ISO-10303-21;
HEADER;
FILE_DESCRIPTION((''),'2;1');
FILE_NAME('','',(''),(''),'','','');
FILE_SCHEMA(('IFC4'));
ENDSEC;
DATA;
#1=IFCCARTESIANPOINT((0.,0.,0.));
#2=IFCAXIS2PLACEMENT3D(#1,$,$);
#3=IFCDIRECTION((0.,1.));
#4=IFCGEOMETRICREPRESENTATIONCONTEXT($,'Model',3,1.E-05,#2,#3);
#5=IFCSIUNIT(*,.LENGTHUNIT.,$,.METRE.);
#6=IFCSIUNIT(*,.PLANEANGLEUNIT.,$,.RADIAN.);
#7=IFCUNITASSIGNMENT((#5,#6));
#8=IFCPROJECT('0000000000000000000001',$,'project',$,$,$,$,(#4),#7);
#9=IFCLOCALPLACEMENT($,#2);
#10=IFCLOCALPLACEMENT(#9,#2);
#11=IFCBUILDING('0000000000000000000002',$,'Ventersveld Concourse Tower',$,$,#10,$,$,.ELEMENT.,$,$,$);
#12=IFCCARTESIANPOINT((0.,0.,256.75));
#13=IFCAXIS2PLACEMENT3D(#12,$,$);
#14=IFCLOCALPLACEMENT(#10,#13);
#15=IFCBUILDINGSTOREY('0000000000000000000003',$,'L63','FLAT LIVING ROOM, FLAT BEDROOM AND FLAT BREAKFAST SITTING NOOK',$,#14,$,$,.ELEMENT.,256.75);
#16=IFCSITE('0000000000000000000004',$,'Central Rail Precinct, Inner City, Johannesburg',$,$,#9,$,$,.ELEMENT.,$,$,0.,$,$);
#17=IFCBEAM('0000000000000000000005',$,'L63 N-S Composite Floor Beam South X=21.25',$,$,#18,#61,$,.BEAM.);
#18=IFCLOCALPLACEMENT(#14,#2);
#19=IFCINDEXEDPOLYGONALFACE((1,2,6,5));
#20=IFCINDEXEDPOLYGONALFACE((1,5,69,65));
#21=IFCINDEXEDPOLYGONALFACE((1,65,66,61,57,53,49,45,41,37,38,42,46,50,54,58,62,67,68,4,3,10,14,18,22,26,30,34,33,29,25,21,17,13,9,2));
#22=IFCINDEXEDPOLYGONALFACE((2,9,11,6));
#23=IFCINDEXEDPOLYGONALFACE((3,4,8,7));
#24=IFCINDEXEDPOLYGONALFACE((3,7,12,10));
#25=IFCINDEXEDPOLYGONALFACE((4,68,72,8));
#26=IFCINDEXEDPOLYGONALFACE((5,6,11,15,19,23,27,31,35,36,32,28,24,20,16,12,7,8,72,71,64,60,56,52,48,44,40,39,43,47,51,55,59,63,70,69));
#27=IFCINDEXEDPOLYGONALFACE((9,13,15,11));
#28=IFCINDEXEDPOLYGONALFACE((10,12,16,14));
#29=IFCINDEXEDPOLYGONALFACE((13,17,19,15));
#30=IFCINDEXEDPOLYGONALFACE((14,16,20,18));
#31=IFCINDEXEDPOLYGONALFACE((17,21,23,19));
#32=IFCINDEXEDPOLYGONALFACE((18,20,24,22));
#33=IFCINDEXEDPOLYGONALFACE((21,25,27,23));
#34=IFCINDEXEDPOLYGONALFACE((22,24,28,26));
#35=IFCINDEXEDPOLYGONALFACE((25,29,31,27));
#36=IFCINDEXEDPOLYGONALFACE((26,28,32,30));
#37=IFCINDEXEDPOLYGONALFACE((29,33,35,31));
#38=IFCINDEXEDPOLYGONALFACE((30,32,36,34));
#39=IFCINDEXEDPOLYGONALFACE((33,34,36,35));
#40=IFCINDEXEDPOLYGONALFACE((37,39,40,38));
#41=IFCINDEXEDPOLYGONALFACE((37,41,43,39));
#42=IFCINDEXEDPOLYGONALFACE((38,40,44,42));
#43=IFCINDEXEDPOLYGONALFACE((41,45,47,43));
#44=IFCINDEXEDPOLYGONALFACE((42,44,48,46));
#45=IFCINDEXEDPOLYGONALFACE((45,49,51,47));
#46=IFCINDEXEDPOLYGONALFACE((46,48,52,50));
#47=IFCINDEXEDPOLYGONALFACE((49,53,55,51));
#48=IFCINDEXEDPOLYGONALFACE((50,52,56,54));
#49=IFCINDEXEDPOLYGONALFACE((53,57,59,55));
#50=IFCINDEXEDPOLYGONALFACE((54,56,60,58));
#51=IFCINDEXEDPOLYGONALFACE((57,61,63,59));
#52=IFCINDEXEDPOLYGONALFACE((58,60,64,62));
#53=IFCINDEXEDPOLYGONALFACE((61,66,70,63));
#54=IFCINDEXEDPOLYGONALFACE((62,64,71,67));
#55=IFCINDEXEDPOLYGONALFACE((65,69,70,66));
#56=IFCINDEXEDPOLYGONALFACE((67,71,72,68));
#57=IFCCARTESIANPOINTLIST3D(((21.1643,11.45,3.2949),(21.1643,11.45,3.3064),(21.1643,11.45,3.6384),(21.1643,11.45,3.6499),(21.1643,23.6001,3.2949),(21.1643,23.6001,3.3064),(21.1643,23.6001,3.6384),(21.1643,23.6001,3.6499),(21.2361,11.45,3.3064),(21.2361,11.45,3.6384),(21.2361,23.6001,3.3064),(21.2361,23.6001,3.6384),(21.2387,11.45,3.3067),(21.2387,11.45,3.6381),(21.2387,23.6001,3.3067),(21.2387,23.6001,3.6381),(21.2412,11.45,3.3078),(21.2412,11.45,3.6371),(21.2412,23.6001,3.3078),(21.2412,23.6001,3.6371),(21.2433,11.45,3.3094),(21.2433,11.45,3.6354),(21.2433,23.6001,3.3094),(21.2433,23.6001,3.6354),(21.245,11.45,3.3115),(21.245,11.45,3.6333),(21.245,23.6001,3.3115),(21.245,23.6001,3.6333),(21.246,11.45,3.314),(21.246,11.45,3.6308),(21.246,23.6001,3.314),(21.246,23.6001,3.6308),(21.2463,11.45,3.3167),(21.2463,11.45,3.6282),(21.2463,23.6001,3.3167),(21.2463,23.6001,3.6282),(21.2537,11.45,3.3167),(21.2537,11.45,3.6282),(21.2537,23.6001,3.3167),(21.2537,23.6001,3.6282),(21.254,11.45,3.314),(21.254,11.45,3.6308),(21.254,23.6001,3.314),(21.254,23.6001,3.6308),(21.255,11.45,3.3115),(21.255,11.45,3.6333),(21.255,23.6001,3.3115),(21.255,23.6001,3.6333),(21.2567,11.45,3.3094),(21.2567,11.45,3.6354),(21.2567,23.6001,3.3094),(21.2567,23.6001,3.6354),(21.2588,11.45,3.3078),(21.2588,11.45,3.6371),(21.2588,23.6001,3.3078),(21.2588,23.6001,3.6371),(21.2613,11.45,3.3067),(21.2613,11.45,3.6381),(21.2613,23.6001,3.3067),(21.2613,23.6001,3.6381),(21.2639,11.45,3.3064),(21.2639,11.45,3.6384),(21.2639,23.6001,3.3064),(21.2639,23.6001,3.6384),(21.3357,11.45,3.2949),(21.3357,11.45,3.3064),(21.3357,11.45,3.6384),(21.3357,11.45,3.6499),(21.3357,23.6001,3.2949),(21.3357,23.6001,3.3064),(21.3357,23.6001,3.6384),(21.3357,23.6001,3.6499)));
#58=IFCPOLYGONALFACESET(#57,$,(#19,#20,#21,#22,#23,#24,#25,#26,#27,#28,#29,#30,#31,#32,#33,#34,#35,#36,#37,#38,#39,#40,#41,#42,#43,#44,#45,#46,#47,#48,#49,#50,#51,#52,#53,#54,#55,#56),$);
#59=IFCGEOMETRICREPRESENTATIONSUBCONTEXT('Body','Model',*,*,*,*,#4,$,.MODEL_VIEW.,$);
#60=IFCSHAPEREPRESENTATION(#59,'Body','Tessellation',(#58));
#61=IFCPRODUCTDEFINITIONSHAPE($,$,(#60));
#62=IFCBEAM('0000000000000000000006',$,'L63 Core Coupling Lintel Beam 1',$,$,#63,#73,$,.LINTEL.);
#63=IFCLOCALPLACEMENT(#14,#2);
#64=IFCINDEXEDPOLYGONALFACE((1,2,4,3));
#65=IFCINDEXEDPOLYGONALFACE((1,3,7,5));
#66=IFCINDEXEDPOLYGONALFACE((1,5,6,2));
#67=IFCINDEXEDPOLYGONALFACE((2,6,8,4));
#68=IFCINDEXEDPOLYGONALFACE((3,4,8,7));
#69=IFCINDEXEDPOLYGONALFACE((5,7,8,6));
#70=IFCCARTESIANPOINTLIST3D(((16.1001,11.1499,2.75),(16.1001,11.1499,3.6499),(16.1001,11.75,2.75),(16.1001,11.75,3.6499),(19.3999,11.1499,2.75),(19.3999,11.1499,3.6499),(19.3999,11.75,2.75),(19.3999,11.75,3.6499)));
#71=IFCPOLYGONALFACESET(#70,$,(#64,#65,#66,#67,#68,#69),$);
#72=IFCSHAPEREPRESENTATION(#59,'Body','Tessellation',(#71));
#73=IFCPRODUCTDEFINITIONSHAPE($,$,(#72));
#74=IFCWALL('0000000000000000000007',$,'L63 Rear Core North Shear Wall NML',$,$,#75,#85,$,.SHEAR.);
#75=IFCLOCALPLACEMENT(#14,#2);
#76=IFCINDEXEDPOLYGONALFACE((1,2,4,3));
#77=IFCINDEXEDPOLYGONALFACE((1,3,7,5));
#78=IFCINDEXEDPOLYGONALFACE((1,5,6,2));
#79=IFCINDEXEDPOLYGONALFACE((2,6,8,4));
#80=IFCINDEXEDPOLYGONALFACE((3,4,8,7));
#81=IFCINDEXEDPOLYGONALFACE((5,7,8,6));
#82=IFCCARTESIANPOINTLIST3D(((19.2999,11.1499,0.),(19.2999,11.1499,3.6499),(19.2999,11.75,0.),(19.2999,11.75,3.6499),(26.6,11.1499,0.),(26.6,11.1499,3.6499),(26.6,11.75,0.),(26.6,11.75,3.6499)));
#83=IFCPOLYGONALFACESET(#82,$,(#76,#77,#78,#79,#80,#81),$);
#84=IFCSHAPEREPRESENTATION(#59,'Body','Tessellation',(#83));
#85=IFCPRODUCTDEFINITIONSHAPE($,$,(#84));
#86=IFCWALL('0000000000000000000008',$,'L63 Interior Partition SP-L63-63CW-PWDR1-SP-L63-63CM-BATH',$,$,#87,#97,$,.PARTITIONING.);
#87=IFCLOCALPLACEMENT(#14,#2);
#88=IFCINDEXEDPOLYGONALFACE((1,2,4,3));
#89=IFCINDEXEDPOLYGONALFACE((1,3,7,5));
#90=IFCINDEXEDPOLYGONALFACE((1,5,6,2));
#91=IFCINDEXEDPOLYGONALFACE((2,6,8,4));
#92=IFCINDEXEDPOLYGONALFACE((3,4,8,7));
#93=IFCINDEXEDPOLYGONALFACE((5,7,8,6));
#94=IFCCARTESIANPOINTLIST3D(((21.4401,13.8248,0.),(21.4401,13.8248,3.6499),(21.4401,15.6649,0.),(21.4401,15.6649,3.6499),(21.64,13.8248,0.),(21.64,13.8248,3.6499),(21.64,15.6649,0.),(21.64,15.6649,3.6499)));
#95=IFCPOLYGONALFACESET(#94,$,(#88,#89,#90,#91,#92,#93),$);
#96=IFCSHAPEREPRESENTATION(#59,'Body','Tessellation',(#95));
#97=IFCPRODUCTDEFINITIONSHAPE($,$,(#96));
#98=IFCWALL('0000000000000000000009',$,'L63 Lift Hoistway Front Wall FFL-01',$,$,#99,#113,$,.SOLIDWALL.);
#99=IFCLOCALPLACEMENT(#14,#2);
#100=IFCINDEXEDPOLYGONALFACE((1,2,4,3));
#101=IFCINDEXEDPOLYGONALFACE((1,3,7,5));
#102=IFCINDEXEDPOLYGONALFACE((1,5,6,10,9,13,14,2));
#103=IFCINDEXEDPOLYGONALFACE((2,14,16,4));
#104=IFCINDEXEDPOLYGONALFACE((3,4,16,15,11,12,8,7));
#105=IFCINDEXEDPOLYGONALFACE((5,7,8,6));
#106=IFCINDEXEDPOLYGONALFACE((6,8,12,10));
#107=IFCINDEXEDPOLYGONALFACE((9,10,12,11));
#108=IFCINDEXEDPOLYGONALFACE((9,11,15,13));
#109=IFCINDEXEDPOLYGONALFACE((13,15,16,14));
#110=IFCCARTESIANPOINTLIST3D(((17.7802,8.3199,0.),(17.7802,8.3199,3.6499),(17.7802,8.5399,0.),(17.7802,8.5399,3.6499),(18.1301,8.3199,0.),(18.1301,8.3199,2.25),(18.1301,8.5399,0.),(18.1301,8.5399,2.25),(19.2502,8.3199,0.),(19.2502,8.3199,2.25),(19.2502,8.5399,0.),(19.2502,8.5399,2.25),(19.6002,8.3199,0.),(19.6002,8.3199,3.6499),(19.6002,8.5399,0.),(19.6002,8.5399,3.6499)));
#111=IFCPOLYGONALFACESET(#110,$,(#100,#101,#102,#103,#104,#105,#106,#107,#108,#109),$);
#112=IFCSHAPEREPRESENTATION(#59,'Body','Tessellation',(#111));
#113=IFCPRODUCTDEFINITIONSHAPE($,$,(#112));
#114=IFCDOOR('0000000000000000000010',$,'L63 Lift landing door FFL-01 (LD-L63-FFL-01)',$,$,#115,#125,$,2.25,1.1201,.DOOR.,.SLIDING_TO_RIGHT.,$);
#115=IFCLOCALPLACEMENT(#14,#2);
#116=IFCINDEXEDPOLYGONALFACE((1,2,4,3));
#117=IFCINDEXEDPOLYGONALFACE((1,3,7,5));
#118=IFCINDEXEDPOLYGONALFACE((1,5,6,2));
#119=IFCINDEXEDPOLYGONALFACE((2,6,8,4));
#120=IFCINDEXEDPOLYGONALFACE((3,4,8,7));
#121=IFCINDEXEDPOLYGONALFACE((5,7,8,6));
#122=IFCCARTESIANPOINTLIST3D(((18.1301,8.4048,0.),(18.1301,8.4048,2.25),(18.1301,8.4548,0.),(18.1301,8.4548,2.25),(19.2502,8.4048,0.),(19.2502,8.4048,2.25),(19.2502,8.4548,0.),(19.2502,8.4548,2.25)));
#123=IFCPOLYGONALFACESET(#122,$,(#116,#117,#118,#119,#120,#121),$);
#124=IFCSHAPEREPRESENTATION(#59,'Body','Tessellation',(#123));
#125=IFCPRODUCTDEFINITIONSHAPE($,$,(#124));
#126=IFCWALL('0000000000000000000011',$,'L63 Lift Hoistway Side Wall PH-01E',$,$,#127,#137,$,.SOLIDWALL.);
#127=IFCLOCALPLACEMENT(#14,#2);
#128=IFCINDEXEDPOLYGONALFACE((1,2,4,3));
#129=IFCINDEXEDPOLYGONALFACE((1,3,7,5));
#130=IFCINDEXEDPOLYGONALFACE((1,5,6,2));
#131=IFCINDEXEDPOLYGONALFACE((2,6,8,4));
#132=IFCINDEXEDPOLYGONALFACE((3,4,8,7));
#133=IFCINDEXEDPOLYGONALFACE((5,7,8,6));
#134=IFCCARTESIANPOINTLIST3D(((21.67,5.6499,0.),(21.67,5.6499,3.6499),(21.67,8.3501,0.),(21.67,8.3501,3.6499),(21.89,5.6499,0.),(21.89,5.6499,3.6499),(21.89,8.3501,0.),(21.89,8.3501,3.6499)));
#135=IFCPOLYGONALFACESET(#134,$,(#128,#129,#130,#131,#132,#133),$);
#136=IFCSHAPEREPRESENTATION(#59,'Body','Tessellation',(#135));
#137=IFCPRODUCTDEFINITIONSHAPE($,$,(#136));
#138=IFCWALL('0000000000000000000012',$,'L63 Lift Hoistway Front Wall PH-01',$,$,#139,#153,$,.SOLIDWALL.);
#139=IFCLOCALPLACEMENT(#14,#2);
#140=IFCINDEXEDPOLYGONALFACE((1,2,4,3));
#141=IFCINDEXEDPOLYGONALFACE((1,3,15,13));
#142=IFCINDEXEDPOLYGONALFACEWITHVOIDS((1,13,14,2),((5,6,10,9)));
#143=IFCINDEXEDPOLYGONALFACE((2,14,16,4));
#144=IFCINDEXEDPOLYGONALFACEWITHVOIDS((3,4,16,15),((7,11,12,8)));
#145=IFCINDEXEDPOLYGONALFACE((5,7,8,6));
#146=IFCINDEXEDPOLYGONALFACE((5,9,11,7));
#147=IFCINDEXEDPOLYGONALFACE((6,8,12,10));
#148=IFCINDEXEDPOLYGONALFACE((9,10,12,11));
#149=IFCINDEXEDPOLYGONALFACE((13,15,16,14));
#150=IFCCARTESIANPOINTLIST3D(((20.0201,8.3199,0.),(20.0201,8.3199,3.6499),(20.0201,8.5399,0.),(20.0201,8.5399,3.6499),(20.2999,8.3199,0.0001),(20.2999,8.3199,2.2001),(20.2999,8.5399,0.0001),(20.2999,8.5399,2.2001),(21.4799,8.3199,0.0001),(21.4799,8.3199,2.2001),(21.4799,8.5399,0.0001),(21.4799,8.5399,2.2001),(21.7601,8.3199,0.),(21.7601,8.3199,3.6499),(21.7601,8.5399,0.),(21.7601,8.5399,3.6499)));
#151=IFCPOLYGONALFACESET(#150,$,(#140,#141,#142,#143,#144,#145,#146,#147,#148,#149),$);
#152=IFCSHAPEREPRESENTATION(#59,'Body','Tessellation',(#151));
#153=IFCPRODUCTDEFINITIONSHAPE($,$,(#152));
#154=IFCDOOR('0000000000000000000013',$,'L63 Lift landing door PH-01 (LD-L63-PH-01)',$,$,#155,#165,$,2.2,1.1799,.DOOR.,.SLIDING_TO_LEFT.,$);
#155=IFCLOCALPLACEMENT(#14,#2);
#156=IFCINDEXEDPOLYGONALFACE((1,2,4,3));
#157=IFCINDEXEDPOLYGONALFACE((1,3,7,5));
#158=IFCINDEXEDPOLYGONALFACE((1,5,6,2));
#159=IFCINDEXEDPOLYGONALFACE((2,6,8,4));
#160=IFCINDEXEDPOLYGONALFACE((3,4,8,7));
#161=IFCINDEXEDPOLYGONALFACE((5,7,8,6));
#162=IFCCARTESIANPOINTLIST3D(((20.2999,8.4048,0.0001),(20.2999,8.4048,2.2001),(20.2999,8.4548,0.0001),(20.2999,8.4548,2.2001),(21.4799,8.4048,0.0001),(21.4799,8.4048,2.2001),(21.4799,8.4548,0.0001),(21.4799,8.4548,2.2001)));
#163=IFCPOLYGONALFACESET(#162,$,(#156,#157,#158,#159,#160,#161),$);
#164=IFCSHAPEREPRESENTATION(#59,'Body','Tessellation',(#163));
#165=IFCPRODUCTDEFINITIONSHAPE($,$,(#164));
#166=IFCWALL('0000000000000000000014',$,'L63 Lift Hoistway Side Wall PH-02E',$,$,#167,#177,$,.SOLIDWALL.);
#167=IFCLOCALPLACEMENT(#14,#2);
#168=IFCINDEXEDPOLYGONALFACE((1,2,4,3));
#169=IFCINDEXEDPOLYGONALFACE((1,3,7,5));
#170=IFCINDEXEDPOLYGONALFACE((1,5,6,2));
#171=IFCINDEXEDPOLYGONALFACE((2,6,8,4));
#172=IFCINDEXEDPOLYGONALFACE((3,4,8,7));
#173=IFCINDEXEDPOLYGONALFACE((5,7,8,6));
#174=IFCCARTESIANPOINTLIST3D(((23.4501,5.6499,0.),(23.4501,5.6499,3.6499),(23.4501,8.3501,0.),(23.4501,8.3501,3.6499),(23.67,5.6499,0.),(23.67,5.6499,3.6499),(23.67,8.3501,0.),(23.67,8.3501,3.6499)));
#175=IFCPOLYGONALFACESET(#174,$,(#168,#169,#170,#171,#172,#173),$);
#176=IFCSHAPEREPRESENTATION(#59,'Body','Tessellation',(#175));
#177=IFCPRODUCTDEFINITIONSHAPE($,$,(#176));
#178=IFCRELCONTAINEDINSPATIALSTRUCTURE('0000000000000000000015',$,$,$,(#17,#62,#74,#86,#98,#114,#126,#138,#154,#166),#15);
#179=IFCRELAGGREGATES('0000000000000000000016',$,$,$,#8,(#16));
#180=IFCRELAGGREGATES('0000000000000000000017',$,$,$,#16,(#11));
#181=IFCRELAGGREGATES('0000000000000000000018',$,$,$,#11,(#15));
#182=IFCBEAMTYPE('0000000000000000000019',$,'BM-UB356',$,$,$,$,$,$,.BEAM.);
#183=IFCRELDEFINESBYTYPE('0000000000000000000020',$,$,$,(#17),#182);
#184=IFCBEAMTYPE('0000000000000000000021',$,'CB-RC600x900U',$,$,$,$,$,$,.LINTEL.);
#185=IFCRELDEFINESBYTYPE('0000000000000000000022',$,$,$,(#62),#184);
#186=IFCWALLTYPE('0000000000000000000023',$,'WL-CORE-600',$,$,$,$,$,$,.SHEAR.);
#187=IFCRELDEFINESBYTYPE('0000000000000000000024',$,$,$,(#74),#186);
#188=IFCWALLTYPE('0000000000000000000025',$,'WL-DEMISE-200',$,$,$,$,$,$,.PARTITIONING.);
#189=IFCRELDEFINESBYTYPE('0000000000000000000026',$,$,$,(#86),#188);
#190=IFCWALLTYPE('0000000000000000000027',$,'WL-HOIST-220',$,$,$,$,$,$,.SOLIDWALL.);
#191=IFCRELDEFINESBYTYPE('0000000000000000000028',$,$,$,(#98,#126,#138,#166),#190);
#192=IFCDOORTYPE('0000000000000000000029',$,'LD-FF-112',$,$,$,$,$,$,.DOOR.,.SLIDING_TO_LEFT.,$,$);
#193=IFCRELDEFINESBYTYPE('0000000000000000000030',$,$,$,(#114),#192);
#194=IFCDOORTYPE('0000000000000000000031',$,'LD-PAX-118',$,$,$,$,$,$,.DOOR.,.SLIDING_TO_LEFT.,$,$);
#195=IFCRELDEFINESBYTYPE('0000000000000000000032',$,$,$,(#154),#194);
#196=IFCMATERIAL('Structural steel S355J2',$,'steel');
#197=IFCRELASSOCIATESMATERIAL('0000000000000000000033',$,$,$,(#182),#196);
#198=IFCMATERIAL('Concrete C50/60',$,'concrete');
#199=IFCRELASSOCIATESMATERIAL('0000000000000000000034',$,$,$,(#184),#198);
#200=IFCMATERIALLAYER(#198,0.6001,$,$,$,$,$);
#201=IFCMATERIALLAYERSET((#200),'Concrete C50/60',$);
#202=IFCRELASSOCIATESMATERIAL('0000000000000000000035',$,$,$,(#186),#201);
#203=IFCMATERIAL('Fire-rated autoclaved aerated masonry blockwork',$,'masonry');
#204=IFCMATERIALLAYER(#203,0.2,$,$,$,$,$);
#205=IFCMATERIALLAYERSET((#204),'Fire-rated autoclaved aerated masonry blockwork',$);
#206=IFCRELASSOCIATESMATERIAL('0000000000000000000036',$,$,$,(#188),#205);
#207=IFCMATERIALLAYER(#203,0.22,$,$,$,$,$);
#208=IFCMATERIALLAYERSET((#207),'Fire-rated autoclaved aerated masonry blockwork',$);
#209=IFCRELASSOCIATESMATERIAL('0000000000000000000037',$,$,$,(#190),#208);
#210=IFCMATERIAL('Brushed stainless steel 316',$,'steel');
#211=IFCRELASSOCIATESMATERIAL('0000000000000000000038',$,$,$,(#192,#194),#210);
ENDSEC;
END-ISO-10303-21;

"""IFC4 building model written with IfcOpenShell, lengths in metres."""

from ifc_helpers import new_model, si_unit, direction, frame, frame_2d, origin, origin_2d, place, context, subcontext, project, spatial, rectangle, i_section, extrude, material, layer, layer_set, material_profile, profile_set, type_object, element, fill, save


model = new_model("IFC4")

# Units and contexts
model_context = context("Model", 3, precision=1e-05, world=origin(), true_north=direction((0.0, 1.0)))
body_context = subcontext(model_context, "Body", "Model", "MODEL_VIEW")
ifc_project = project(units=[si_unit("LENGTHUNIT", "METRE"), si_unit("PLANEANGLEUNIT", "RADIAN")], contexts=[model_context])

# Site, building, storey
site_placement = place(None, origin())
site = spatial("IfcSite", under=ifc_project, at=site_placement, Name="Central Rail Precinct, Inner City, Johannesburg", CompositionType="ELEMENT", RefElevation=0.0)
building_placement = place(site_placement, origin())
building = spatial("IfcBuilding", under=site, at=building_placement, Name="Ventersveld Concourse Tower", CompositionType="ELEMENT")
storey_placement = place(building_placement, frame((0.0, 0.0, 256.75)))
storey = spatial("IfcBuildingStorey", under=building, at=storey_placement, Name="L63", Description="FLAT LIVING ROOM, FLAT BEDROOM AND FLAT BREAKFAST SITTING NOOK", CompositionType="ELEMENT", Elevation=256.75)

# Beams
ifc_material_1 = material(Name="Structural steel S355J2", Category="steel")
ifc_material_profile_1 = material_profile(ifc_material_1, i_section(OverallWidth=0.1714, OverallDepth=0.355, WebThickness=0.0073, FlangeThickness=0.0115, FilletRadius=0.0103, at=origin_2d()), Name="UB 356x171x51")
ifc_profile_set_1 = profile_set([ifc_material_profile_1], Name="Structural steel S355J2")
beam_type_1 = type_object("IfcBeamType", Name="BM-UB356", PredefinedType="BEAM", material=ifc_profile_set_1)
beam_1_placement = place(storey_placement, frame((21.25, 11.45, 3.4724), z_axis=(0.0, 1.0, 0.0), x_axis=(-1.0, 0.0, 0.0)))
element("IfcBeam", 1, at=beam_1_placement, inside=storey, type_object=beam_type_1, Name="L63 N-S Composite Floor Beam South X=21.25", PredefinedType="BEAM", context=body_context, shape_type="SweptSolid", body=[
    extrude(i_section(OverallWidth=0.1714, OverallDepth=0.355, WebThickness=0.0073, FlangeThickness=0.0115, FilletRadius=0.0103, at=origin_2d()), origin(), (0.0, 0.0, 1.0), 12.1501),
])
ifc_material_2 = material(Name="Concrete C50/60", Category="concrete")
ifc_material_profile_2 = material_profile(ifc_material_2, rectangle(XDim=0.6001, YDim=0.8999, at=origin_2d()), Name="RC 600x900")
ifc_profile_set_2 = profile_set([ifc_material_profile_2], Name="Concrete C50/60")
beam_type_2 = type_object("IfcBeamType", Name="CB-RC600x900U", PredefinedType="LINTEL", material=ifc_profile_set_2)
beam_2_placement = place(storey_placement, frame((16.1001, 11.45, 3.2), z_axis=(1.0, 0.0, 0.0), x_axis=(0.0, 1.0, 0.0)))
element("IfcBeam", 2, at=beam_2_placement, inside=storey, type_object=beam_type_2, Name="L63 Core Coupling Lintel Beam 1", PredefinedType="LINTEL", context=body_context, shape_type="SweptSolid", body=[
    extrude(rectangle(XDim=0.6001, YDim=0.8999, at=origin_2d()), origin(), (0.0, 0.0, 1.0), 3.2998),
])

# Walls
ifc_layer_1 = layer(ifc_material_2, 0.6001)
ifc_layer_set_1 = layer_set([ifc_layer_1], Name="Concrete C50/60")
wall_type_1 = type_object("IfcWallType", Name="WL-CORE-600", PredefinedType="SHEAR", material=ifc_layer_set_1)
wall_1_placement = place(storey_placement, frame((19.3, 11.45, 0.0), z_axis=(0.0, 0.0, 1.0), x_axis=(1.0, 0.0, 0.0)))
element("IfcWall", 3, at=wall_1_placement, inside=storey, type_object=wall_type_1, Name="L63 Rear Core North Shear Wall NML", PredefinedType="SHEAR", context=body_context, shape_type="SweptSolid", body=[
    extrude(rectangle(XDim=7.3, YDim=0.6001, at=frame_2d((3.6499, 0.0))), origin(), (0.0, 0.0, 1.0), 3.6499),
])
ifc_material_3 = material(Name="Fire-rated autoclaved aerated masonry blockwork", Category="masonry")
ifc_layer_2 = layer(ifc_material_3, 0.2)
ifc_layer_set_2 = layer_set([ifc_layer_2], Name="Fire-rated autoclaved aerated masonry blockwork")
wall_type_2 = type_object("IfcWallType", Name="WL-DEMISE-200", PredefinedType="PARTITIONING", material=ifc_layer_set_2)
wall_2_placement = place(storey_placement, frame((21.54, 13.825, 0.0), z_axis=(0.0, 0.0, 1.0), x_axis=(0.0, 1.0, 0.0)))
element("IfcWall", 4, at=wall_2_placement, inside=storey, type_object=wall_type_2, Name="L63 Interior Partition SP-L63-63CW-PWDR1-SP-L63-63CM-BATH", PredefinedType="PARTITIONING", context=body_context, shape_type="SweptSolid", body=[
    extrude(rectangle(XDim=1.8401, YDim=0.2, at=frame_2d((0.9199, 0.0))), origin(), (0.0, 0.0, 1.0), 3.6499),
])

# Wall, opening, door
ifc_layer_3 = layer(ifc_material_3, 0.22)
ifc_layer_set_3 = layer_set([ifc_layer_3], Name="Fire-rated autoclaved aerated masonry blockwork")
wall_type_3 = type_object("IfcWallType", Name="WL-HOIST-220", PredefinedType="SOLIDWALL", material=ifc_layer_set_3)
wall_3_placement = place(storey_placement, frame((17.78, 8.4299, 0.0), z_axis=(0.0, 0.0, 1.0), x_axis=(1.0, 0.0, 0.0)))
wall_3 = element("IfcWall", 5, at=wall_3_placement, inside=storey, type_object=wall_type_3, Name="L63 Lift Hoistway Front Wall FFL-01", PredefinedType="SOLIDWALL", context=body_context, shape_type="SweptSolid", body=[
    extrude(rectangle(XDim=1.8201, YDim=0.22, at=frame_2d((0.9102, 0.0))), origin(), (0.0, 0.0, 1.0), 3.6499),
])
opening_1_placement = place(wall_3_placement, frame((0.3501, 0.0, 0.0)))
opening_1 = element("IfcOpeningElement", 6, at=opening_1_placement, cuts=wall_3, PredefinedType="OPENING", context=body_context, shape_type="SweptSolid", body=[
    extrude(rectangle(XDim=1.1201, YDim=2.25, at=frame_2d((0.5601, 1.125))), frame((0.0, 0.1201, 0.0), z_axis=(0.0, -1.0, 0.0), x_axis=(1.0, 0.0, 0.0)), (0.0, 0.0, 1.0), 0.24),
])
ifc_material_4 = material(Name="Brushed stainless steel 316", Category="steel")
door_type_1 = type_object("IfcDoorType", Name="LD-FF-112", OperationType="SLIDING_TO_LEFT", PredefinedType="DOOR", material=ifc_material_4)
door_1_placement = place(opening_1_placement, origin())
door_1 = element("IfcDoor", 7, at=door_1_placement, inside=storey, type_object=door_type_1, Name="L63 Lift landing door FFL-01 (LD-L63-FFL-01)", OperationType="SLIDING_TO_RIGHT", OverallHeight=2.25, OverallWidth=1.1201, PredefinedType="DOOR", context=body_context, shape_type="SweptSolid", body=[
    extrude(rectangle(XDim=1.1201, YDim=2.25, at=frame_2d((0.5601, 1.125))), frame((0.0, 0.0249, 0.0), z_axis=(0.0, -1.0, 0.0), x_axis=(1.0, 0.0, 0.0)), (0.0, 0.0, 1.0), 0.05),
])
fill(opening_1, door_1)

# Wall
wall_4_placement = place(storey_placement, frame((21.78, 5.6499, 0.0), z_axis=(0.0, 0.0, 1.0), x_axis=(0.0, 1.0, 0.0)))
element("IfcWall", 8, at=wall_4_placement, inside=storey, type_object=wall_type_3, Name="L63 Lift Hoistway Side Wall PH-01E", PredefinedType="SOLIDWALL", context=body_context, shape_type="SweptSolid", body=[
    extrude(rectangle(XDim=2.7002, YDim=0.22, at=frame_2d((1.3501, 0.0))), origin(), (0.0, 0.0, 1.0), 3.6499),
])

# Wall, opening, door
wall_5_placement = place(storey_placement, frame((20.02, 8.4299, 0.0), z_axis=(0.0, 0.0, 1.0), x_axis=(1.0, 0.0, 0.0)))
wall_5 = element("IfcWall", 9, at=wall_5_placement, inside=storey, type_object=wall_type_3, Name="L63 Lift Hoistway Front Wall PH-01", PredefinedType="SOLIDWALL", context=body_context, shape_type="SweptSolid", body=[
    extrude(rectangle(XDim=1.74, YDim=0.22, at=frame_2d((0.8701, 0.0))), origin(), (0.0, 0.0, 1.0), 3.6499),
])
opening_2_placement = place(wall_5_placement, frame((0.28, 0.0, 0.0)))
opening_2 = element("IfcOpeningElement", 10, at=opening_2_placement, cuts=wall_5, PredefinedType="OPENING", context=body_context, shape_type="SweptSolid", body=[
    extrude(rectangle(XDim=1.1799, YDim=2.2, at=frame_2d((0.5898, 1.1001))), frame((0.0, 0.1201, 0.0), z_axis=(0.0, -1.0, 0.0), x_axis=(1.0, 0.0, 0.0)), (0.0, 0.0, 1.0), 0.24),
])
door_type_2 = type_object("IfcDoorType", Name="LD-PAX-118", OperationType="SLIDING_TO_LEFT", PredefinedType="DOOR", material=ifc_material_4)
door_2_placement = place(opening_2_placement, origin())
door_2 = element("IfcDoor", 11, at=door_2_placement, inside=storey, type_object=door_type_2, Name="L63 Lift landing door PH-01 (LD-L63-PH-01)", OperationType="SLIDING_TO_LEFT", OverallHeight=2.2, OverallWidth=1.1799, PredefinedType="DOOR", context=body_context, shape_type="SweptSolid", body=[
    extrude(rectangle(XDim=1.1799, YDim=2.2, at=frame_2d((0.5898, 1.1001))), frame((0.0, 0.0249, 0.0), z_axis=(0.0, -1.0, 0.0), x_axis=(1.0, 0.0, 0.0)), (0.0, 0.0, 1.0), 0.05),
])
fill(opening_2, door_2)

# Wall
wall_6_placement = place(storey_placement, frame((23.5601, 5.6499, 0.0), z_axis=(0.0, 0.0, 1.0), x_axis=(0.0, 1.0, 0.0)))
element("IfcWall", 12, at=wall_6_placement, inside=storey, type_object=wall_type_3, Name="L63 Lift Hoistway Side Wall PH-02E", PredefinedType="SOLIDWALL", context=body_context, shape_type="SweptSolid", body=[
    extrude(rectangle(XDim=2.7002, YDim=0.22, at=frame_2d((1.3501, 0.0))), origin(), (0.0, 0.0, 1.0), 3.6499),
])

save(model, "model.ifc")
